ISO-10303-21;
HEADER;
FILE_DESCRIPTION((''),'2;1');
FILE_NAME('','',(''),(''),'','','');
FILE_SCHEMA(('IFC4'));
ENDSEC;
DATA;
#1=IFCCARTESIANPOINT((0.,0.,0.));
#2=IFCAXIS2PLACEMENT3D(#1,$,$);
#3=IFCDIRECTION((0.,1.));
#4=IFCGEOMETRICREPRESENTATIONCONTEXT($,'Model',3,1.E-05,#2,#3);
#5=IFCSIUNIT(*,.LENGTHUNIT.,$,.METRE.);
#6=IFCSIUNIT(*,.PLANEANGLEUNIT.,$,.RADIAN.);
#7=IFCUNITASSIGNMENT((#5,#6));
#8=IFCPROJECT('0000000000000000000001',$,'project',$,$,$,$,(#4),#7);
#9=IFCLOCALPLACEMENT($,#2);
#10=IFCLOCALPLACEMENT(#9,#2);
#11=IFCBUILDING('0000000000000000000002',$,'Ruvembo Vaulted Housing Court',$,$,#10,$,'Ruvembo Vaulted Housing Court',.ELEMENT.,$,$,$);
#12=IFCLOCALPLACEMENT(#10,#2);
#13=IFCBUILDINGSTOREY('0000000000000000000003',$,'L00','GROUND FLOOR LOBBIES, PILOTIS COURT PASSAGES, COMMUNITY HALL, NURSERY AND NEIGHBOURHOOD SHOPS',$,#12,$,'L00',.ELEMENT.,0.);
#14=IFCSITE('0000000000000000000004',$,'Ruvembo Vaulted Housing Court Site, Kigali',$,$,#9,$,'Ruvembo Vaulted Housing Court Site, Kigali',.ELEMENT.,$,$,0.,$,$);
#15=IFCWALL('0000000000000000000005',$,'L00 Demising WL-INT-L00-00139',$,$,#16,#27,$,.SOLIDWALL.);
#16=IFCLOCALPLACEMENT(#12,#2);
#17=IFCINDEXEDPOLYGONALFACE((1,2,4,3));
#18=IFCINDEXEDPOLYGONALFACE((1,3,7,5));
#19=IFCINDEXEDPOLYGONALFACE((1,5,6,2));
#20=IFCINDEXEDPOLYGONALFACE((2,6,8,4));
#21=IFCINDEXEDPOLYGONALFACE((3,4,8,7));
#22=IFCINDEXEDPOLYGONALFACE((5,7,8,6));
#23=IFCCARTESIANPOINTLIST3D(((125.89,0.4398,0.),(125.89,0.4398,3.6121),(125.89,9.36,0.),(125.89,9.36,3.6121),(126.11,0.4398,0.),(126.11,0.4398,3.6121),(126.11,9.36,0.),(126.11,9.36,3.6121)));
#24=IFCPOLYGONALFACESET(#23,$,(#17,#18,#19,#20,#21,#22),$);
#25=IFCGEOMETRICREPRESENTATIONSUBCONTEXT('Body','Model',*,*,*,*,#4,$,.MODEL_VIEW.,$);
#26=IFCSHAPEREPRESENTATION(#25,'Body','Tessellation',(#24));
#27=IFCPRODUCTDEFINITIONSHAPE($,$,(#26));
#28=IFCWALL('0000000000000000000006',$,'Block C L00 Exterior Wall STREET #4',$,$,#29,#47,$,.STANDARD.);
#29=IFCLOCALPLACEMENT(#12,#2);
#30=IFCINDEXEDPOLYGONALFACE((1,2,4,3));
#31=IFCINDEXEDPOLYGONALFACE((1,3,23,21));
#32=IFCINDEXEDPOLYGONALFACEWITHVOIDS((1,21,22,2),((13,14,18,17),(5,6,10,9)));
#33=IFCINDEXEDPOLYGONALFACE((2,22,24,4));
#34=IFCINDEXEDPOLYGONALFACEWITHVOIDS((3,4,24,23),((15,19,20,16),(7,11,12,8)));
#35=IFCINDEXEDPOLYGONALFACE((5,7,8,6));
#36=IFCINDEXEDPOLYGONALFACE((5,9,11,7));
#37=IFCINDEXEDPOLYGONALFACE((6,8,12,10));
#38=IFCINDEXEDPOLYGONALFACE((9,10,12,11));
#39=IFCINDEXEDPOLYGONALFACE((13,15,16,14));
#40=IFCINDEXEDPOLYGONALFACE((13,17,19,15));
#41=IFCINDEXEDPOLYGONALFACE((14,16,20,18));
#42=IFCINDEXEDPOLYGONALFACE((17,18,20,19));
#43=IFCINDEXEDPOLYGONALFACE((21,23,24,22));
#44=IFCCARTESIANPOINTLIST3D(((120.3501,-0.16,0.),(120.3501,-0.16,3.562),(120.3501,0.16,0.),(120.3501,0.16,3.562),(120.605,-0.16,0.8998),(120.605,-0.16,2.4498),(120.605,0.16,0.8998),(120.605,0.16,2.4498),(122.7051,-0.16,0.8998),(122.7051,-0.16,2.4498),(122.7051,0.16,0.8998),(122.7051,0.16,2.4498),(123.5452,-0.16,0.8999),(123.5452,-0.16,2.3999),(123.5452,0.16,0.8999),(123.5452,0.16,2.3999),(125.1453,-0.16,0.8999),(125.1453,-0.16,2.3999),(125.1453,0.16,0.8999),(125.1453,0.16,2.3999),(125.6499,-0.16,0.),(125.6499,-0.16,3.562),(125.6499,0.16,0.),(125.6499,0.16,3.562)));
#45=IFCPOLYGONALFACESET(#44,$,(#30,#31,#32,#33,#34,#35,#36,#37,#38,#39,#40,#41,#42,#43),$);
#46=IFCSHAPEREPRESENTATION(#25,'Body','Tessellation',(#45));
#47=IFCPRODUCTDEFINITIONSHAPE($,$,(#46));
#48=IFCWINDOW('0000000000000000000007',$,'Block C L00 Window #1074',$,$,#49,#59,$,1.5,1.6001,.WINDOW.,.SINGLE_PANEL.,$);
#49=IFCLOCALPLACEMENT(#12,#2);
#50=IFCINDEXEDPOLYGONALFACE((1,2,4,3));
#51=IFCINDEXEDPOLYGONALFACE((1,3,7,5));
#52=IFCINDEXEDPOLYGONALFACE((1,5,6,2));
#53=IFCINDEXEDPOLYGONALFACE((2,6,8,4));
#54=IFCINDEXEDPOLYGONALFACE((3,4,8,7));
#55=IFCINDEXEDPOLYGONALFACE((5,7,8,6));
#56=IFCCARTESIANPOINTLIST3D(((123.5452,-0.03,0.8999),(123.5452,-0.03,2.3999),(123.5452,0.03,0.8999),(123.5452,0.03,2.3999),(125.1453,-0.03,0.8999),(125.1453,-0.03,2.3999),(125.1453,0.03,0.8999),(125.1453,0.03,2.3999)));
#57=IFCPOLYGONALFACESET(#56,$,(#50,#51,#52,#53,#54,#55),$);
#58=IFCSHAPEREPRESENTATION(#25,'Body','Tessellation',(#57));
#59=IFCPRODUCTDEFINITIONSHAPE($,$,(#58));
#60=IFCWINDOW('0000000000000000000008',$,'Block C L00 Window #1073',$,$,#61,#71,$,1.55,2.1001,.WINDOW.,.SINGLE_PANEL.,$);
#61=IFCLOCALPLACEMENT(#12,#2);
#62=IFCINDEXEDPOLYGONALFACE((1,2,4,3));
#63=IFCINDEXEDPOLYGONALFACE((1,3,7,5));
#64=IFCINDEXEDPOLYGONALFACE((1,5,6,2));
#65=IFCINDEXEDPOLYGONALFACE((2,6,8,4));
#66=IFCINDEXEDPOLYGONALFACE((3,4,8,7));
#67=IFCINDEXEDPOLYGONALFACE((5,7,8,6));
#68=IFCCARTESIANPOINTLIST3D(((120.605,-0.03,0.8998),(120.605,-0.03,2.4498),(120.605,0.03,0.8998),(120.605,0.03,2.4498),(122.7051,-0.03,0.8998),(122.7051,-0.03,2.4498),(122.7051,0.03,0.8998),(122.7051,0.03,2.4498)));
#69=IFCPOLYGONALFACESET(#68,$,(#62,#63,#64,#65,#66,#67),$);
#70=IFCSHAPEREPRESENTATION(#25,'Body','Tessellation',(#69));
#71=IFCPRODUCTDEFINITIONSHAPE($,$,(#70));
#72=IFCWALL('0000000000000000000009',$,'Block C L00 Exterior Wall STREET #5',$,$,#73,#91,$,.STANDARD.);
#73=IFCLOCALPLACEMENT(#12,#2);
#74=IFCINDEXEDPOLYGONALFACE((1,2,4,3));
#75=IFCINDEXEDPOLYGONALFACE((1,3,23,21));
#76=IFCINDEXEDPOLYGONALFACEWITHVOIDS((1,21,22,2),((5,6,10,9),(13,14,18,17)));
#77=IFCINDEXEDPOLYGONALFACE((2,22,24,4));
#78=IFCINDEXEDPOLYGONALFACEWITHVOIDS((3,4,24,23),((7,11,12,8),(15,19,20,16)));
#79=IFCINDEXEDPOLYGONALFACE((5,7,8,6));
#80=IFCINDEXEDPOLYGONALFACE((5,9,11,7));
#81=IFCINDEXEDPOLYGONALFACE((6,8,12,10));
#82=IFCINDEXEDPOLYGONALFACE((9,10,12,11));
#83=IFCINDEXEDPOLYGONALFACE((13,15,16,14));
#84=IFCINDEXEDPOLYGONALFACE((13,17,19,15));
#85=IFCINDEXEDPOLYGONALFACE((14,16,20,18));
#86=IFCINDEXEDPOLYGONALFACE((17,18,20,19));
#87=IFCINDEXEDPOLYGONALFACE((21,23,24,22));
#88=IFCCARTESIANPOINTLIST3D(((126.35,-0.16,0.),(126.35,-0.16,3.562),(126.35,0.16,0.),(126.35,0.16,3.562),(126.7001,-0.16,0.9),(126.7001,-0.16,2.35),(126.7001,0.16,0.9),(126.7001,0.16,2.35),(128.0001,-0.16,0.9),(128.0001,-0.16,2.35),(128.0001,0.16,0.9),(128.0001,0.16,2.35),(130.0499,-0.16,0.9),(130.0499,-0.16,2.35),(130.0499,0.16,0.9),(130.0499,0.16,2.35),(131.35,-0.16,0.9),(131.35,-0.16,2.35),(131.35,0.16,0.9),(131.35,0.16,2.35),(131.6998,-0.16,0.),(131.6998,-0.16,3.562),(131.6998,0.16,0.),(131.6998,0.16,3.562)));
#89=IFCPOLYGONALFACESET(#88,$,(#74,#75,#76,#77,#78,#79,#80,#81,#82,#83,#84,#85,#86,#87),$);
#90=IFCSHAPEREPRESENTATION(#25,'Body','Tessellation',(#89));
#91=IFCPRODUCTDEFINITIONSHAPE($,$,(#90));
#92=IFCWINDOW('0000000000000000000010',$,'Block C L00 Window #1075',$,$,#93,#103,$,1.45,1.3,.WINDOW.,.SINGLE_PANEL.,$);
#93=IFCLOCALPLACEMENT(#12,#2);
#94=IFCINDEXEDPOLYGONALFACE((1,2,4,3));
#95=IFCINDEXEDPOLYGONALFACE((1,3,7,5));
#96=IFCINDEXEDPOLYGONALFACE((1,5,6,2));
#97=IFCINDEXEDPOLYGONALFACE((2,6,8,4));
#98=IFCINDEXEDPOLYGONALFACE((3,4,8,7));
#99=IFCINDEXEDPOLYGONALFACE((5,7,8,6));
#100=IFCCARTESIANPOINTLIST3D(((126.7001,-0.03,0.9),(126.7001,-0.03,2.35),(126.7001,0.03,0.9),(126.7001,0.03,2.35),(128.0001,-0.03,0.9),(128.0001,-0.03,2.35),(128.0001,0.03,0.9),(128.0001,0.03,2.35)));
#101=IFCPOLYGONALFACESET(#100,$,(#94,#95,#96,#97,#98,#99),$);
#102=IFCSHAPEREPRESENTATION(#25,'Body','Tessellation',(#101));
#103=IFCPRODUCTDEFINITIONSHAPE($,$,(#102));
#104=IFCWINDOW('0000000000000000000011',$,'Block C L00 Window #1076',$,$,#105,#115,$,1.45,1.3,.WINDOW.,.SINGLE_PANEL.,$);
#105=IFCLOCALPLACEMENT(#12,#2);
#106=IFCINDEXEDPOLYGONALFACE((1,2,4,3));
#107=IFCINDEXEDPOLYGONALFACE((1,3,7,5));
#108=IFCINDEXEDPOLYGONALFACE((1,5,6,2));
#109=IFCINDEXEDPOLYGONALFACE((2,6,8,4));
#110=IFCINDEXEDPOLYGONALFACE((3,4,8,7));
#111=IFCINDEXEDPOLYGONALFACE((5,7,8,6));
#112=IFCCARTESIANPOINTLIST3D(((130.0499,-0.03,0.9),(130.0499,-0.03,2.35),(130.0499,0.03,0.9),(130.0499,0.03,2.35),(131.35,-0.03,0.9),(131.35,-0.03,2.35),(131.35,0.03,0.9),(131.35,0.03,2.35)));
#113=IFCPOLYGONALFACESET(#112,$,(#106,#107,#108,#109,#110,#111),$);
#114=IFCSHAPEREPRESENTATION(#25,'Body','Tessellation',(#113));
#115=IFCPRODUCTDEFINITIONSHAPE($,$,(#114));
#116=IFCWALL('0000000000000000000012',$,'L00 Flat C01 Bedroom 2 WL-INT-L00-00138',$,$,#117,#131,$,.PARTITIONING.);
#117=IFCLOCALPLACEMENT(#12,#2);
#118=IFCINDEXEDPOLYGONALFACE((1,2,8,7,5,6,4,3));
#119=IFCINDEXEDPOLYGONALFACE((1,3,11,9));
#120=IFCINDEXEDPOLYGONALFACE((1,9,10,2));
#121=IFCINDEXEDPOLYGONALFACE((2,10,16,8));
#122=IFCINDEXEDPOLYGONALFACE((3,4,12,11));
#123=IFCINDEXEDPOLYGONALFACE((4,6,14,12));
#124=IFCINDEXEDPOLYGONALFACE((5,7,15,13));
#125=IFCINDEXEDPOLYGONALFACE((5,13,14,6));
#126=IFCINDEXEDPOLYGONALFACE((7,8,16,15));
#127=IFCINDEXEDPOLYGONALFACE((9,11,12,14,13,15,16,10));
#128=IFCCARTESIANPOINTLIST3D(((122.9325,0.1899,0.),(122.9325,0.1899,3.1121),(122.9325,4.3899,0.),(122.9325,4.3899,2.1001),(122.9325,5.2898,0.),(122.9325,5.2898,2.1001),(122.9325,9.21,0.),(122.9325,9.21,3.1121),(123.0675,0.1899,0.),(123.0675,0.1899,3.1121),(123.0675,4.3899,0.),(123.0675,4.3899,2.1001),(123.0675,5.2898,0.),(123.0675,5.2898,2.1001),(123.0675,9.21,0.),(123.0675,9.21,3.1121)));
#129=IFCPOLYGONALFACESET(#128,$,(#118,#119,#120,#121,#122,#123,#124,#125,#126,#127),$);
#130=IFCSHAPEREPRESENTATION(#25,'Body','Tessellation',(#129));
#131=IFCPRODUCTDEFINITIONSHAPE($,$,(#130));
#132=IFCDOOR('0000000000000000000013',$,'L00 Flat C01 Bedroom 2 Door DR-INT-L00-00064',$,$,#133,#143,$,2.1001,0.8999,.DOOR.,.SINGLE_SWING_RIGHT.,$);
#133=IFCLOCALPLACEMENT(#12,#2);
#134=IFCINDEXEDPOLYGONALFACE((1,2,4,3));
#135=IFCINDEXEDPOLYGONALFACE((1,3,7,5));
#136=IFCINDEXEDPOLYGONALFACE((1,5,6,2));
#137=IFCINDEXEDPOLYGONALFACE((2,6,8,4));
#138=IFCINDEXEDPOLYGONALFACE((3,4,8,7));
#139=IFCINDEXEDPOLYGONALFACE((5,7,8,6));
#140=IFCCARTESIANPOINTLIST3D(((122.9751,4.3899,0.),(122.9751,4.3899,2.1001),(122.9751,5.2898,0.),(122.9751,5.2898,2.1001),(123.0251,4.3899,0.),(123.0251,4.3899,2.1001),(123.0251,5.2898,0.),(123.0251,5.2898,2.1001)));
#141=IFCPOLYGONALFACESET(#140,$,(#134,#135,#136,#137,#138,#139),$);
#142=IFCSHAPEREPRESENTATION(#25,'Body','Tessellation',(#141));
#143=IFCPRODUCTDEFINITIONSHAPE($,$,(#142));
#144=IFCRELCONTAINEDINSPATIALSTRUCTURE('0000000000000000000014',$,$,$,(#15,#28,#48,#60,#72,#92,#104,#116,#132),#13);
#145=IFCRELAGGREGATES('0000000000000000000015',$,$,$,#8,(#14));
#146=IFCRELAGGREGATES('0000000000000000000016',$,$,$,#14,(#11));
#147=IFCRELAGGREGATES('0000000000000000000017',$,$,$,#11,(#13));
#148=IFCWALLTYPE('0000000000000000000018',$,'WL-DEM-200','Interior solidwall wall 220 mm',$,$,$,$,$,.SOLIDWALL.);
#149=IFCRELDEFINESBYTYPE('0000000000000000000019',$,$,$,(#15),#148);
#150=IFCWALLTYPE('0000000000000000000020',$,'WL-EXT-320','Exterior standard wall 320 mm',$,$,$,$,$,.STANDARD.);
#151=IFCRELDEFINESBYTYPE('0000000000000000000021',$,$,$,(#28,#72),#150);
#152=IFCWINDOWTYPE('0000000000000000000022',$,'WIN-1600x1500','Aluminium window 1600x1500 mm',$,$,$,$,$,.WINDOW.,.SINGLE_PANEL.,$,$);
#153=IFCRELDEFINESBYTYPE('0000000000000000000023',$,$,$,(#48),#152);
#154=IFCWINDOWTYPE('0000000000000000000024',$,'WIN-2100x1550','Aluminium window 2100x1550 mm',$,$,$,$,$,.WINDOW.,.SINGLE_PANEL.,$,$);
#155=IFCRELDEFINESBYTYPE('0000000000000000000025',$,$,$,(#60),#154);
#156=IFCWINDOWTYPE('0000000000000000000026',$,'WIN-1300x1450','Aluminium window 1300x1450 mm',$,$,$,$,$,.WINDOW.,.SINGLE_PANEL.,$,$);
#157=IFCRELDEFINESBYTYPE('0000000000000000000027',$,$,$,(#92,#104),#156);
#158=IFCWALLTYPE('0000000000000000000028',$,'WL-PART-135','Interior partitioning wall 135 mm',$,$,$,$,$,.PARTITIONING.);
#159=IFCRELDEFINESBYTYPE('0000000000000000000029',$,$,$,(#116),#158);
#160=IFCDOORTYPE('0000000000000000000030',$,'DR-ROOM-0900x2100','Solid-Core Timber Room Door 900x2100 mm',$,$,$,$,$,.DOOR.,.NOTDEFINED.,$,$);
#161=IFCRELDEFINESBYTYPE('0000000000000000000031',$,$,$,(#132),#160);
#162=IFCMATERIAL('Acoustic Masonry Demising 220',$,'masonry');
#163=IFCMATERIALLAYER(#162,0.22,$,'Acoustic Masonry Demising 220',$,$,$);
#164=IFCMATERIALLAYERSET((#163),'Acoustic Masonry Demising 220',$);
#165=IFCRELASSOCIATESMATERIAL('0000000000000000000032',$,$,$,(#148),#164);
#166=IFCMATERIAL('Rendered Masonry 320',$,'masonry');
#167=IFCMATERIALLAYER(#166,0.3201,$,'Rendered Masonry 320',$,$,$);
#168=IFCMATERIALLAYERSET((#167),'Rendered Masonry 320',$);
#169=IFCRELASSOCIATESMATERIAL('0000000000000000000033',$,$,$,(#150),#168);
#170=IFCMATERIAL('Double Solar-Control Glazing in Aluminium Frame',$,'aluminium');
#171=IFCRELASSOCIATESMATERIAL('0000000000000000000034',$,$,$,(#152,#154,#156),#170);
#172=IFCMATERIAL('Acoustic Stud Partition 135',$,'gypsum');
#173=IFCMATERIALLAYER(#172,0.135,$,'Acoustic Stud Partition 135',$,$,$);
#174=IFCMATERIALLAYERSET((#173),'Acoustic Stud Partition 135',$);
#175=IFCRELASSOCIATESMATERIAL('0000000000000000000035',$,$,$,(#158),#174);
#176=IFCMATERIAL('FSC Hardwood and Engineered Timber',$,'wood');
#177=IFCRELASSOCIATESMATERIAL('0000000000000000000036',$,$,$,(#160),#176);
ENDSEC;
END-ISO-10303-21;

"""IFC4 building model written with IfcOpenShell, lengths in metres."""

from ifc_helpers import new_model, si_unit, direction, frame, frame_2d, origin, place, context, subcontext, project, spatial, rectangle, extrude, material, layer, layer_set, type_object, element, fill, save


model = new_model("IFC4")

# Units and contexts
model_context = context("Model", 3, precision=1e-05, world=origin(), true_north=direction((0.0, 1.0)))
body_context = subcontext(model_context, "Body", "Model", "MODEL_VIEW")
ifc_project = project(units=[si_unit("LENGTHUNIT", "METRE"), si_unit("PLANEANGLEUNIT", "RADIAN")], contexts=[model_context])

# Site, building, storey
site_placement = place(None, origin())
site = spatial("IfcSite", under=ifc_project, at=site_placement, Name="Ruvembo Vaulted Housing Court Site, Kigali", LongName="Ruvembo Vaulted Housing Court Site, Kigali", CompositionType="ELEMENT", RefElevation=0.0)
building_placement = place(site_placement, origin())
building = spatial("IfcBuilding", under=site, at=building_placement, Name="Ruvembo Vaulted Housing Court", LongName="Ruvembo Vaulted Housing Court", CompositionType="ELEMENT")
storey_placement = place(building_placement, origin())
storey = spatial("IfcBuildingStorey", under=building, at=storey_placement, Name="L00", Description="GROUND FLOOR LOBBIES, PILOTIS COURT PASSAGES, COMMUNITY HALL, NURSERY AND NEIGHBOURHOOD SHOPS", LongName="L00", CompositionType="ELEMENT", Elevation=0.0)

# Shared definitions
ifc_material_1 = material(Name="FSC Hardwood and Engineered Timber", Category="wood")

# Wall
ifc_material_2 = material(Name="Acoustic Masonry Demising 220", Category="masonry")
ifc_layer_1 = layer(ifc_material_2, 0.22, Name="Acoustic Masonry Demising 220")
ifc_layer_set_1 = layer_set([ifc_layer_1], Name="Acoustic Masonry Demising 220")
wall_type_1 = type_object("IfcWallType", Name="WL-DEM-200", Description="Interior solidwall wall 220 mm", PredefinedType="SOLIDWALL", material=ifc_layer_set_1)
wall_1_placement = place(storey_placement, frame((126.0, 0.4399, 0.0), z_axis=(0.0, 0.0, 1.0), x_axis=(0.0, 1.0, 0.0)))
element("IfcWall", 1, at=wall_1_placement, inside=storey, type_object=wall_type_1, Name="L00 Demising WL-INT-L00-00139", PredefinedType="SOLIDWALL", context=body_context, shape_type="SweptSolid", body=[
    extrude(rectangle(XDim=8.9202, YDim=0.22, at=frame_2d((4.46, 0.0))), origin(), (0.0, 0.0, 1.0), 3.6121),
])

# Walls, openings, windows
ifc_material_3 = material(Name="Rendered Masonry 320", Category="masonry")
ifc_layer_2 = layer(ifc_material_3, 0.3201, Name="Rendered Masonry 320")
ifc_layer_set_2 = layer_set([ifc_layer_2], Name="Rendered Masonry 320")
wall_type_2 = type_object("IfcWallType", Name="WL-EXT-320", Description="Exterior standard wall 320 mm", PredefinedType="STANDARD", material=ifc_layer_set_2)
wall_2_placement = place(storey_placement, frame((120.3501, 0.0, 0.0), z_axis=(0.0, 0.0, 1.0), x_axis=(1.0, 0.0, 0.0)))
wall_2 = element("IfcWall", 2, at=wall_2_placement, inside=storey, type_object=wall_type_2, Name="Block C L00 Exterior Wall STREET #4", PredefinedType="STANDARD", context=body_context, shape_type="SweptSolid", body=[
    extrude(rectangle(XDim=5.2998, YDim=0.3201, at=frame_2d((2.6499, 0.0))), origin(), (0.0, 0.0, 1.0), 3.562),
])
opening_1_placement = place(wall_2_placement, frame((0.2549, 0.0, 0.8999)))
opening_1 = element("IfcOpeningElement", 3, at=opening_1_placement, cuts=wall_2, PredefinedType="OPENING", context=body_context, shape_type="SweptSolid", body=[
    extrude(rectangle(XDim=2.1001, YDim=1.55, at=frame_2d((1.05, 0.7749))), frame((0.0, 0.1699, 0.0), z_axis=(0.0, -1.0, 0.0), x_axis=(1.0, 0.0, 0.0)), (0.0, 0.0, 1.0), 0.3401),
])
opening_2_placement = place(wall_2_placement, frame((3.1951, 0.0, 0.8999)))
opening_2 = element("IfcOpeningElement", 4, at=opening_2_placement, cuts=wall_2, PredefinedType="OPENING", context=body_context, shape_type="SweptSolid", body=[
    extrude(rectangle(XDim=1.6001, YDim=1.5, at=frame_2d((0.8, 0.75))), frame((0.0, 0.1699, 0.0), z_axis=(0.0, -1.0, 0.0), x_axis=(1.0, 0.0, 0.0)), (0.0, 0.0, 1.0), 0.3401),
])
ifc_material_4 = material(Name="Double Solar-Control Glazing in Aluminium Frame", Category="aluminium")
window_type_1 = type_object("IfcWindowType", Name="WIN-1600x1500", Description="Aluminium window 1600x1500 mm", PartitioningType="SINGLE_PANEL", PredefinedType="WINDOW", material=ifc_material_4)
window_1_placement = place(opening_2_placement, origin())
window_1 = element("IfcWindow", 5, at=window_1_placement, inside=storey, type_object=window_type_1, Name="Block C L00 Window #1074", OverallHeight=1.5, OverallWidth=1.6001, PartitioningType="SINGLE_PANEL", PredefinedType="WINDOW", context=body_context, shape_type="SweptSolid", body=[
    extrude(rectangle(XDim=1.6001, YDim=1.5, at=frame_2d((0.8, 0.75))), frame((0.0, 0.03, 0.0), z_axis=(0.0, -1.0, 0.0), x_axis=(1.0, 0.0, 0.0)), (0.0, 0.0, 1.0), 0.0601),
])
fill(opening_2, window_1)
window_type_2 = type_object("IfcWindowType", Name="WIN-2100x1550", Description="Aluminium window 2100x1550 mm", PartitioningType="SINGLE_PANEL", PredefinedType="WINDOW", material=ifc_material_4)
window_2_placement = place(opening_1_placement, origin())
window_2 = element("IfcWindow", 6, at=window_2_placement, inside=storey, type_object=window_type_2, Name="Block C L00 Window #1073", OverallHeight=1.55, OverallWidth=2.1001, PartitioningType="SINGLE_PANEL", PredefinedType="WINDOW", context=body_context, shape_type="SweptSolid", body=[
    extrude(rectangle(XDim=2.1001, YDim=1.55, at=frame_2d((1.05, 0.7749))), frame((0.0, 0.03, 0.0), z_axis=(0.0, -1.0, 0.0), x_axis=(1.0, 0.0, 0.0)), (0.0, 0.0, 1.0), 0.0601),
])
fill(opening_1, window_2)
wall_3_placement = place(storey_placement, frame((126.3501, 0.0, 0.0), z_axis=(0.0, 0.0, 1.0), x_axis=(1.0, 0.0, 0.0)))
wall_3 = element("IfcWall", 7, at=wall_3_placement, inside=storey, type_object=wall_type_2, Name="Block C L00 Exterior Wall STREET #5", PredefinedType="STANDARD", context=body_context, shape_type="SweptSolid", body=[
    extrude(rectangle(XDim=5.3499, YDim=0.3201, at=frame_2d((2.6748, 0.0))), origin(), (0.0, 0.0, 1.0), 3.562),
])
opening_3_placement = place(wall_3_placement, frame((0.3501, 0.0, 0.8999)))
opening_3 = element("IfcOpeningElement", 8, at=opening_3_placement, cuts=wall_3, PredefinedType="OPENING", context=body_context, shape_type="SweptSolid", body=[
    extrude(rectangle(XDim=1.3, YDim=1.45, at=frame_2d((0.6499, 0.7251))), frame((0.0, 0.1699, 0.0), z_axis=(0.0, -1.0, 0.0), x_axis=(1.0, 0.0, 0.0)), (0.0, 0.0, 1.0), 0.3401),
])
opening_4_placement = place(wall_3_placement, frame((3.7, 0.0, 0.8999)))
opening_4 = element("IfcOpeningElement", 9, at=opening_4_placement, cuts=wall_3, PredefinedType="OPENING", context=body_context, shape_type="SweptSolid", body=[
    extrude(rectangle(XDim=1.3, YDim=1.45, at=frame_2d((0.6499, 0.7251))), frame((0.0, 0.1699, 0.0), z_axis=(0.0, -1.0, 0.0), x_axis=(1.0, 0.0, 0.0)), (0.0, 0.0, 1.0), 0.3401),
])
window_type_3 = type_object("IfcWindowType", Name="WIN-1300x1450", Description="Aluminium window 1300x1450 mm", PartitioningType="SINGLE_PANEL", PredefinedType="WINDOW", material=ifc_material_4)
window_3_placement = place(opening_3_placement, origin())
window_3 = element("IfcWindow", 10, at=window_3_placement, inside=storey, type_object=window_type_3, Name="Block C L00 Window #1075", OverallHeight=1.45, OverallWidth=1.3, PartitioningType="SINGLE_PANEL", PredefinedType="WINDOW", context=body_context, shape_type="SweptSolid", body=[
    extrude(rectangle(XDim=1.3, YDim=1.45, at=frame_2d((0.6499, 0.7251))), frame((0.0, 0.03, 0.0), z_axis=(0.0, -1.0, 0.0), x_axis=(1.0, 0.0, 0.0)), (0.0, 0.0, 1.0), 0.0601),
])
fill(opening_3, window_3)
window_4_placement = place(opening_4_placement, origin())
window_4 = element("IfcWindow", 11, at=window_4_placement, inside=storey, type_object=window_type_3, Name="Block C L00 Window #1076", OverallHeight=1.45, OverallWidth=1.3, PartitioningType="SINGLE_PANEL", PredefinedType="WINDOW", context=body_context, shape_type="SweptSolid", body=[
    extrude(rectangle(XDim=1.3, YDim=1.45, at=frame_2d((0.6499, 0.7251))), frame((0.0, 0.03, 0.0), z_axis=(0.0, -1.0, 0.0), x_axis=(1.0, 0.0, 0.0)), (0.0, 0.0, 1.0), 0.0601),
])
fill(opening_4, window_4)

# Wall, opening, door
ifc_material_5 = material(Name="Acoustic Stud Partition 135", Category="gypsum")
ifc_layer_3 = layer(ifc_material_5, 0.135, Name="Acoustic Stud Partition 135")
ifc_layer_set_3 = layer_set([ifc_layer_3], Name="Acoustic Stud Partition 135")
wall_type_3 = type_object("IfcWallType", Name="WL-PART-135", Description="Interior partitioning wall 135 mm", PredefinedType="PARTITIONING", material=ifc_layer_set_3)
wall_4_placement = place(storey_placement, frame((123.0, 0.1899, 0.0), z_axis=(0.0, 0.0, 1.0), x_axis=(0.0, 1.0, 0.0)))
wall_4 = element("IfcWall", 12, at=wall_4_placement, inside=storey, type_object=wall_type_3, Name="L00 Flat C01 Bedroom 2 WL-INT-L00-00138", PredefinedType="PARTITIONING", context=body_context, shape_type="SweptSolid", body=[
    extrude(rectangle(XDim=9.02, YDim=0.135, at=frame_2d((4.51, 0.0))), origin(), (0.0, 0.0, 1.0), 3.1121),
])
opening_5_placement = place(wall_4_placement, frame((4.2, 0.0, 0.0)))
opening_5 = element("IfcOpeningElement", 13, at=opening_5_placement, cuts=wall_4, PredefinedType="OPENING", context=body_context, shape_type="SweptSolid", body=[
    extrude(rectangle(XDim=0.8999, YDim=2.1001, at=frame_2d((0.45, 1.05))), frame((0.0, 0.0774, 0.0), z_axis=(0.0, -1.0, 0.0), x_axis=(1.0, 0.0, 0.0)), (0.0, 0.0, 1.0), 0.155),
])
door_type_1 = type_object("IfcDoorType", Name="DR-ROOM-0900x2100", Description="Solid-Core Timber Room Door 900x2100 mm", OperationType="NOTDEFINED", PredefinedType="DOOR", material=ifc_material_1)
door_1_placement = place(opening_5_placement, origin())
door_1 = element("IfcDoor", 14, at=door_1_placement, inside=storey, type_object=door_type_1, Name="L00 Flat C01 Bedroom 2 Door DR-INT-L00-00064", OperationType="SINGLE_SWING_RIGHT", OverallHeight=2.1001, OverallWidth=0.8999, PredefinedType="DOOR", context=body_context, shape_type="SweptSolid", body=[
    extrude(rectangle(XDim=0.8999, YDim=2.1001, at=frame_2d((0.45, 1.05))), frame((0.0, 0.0249, 0.0), z_axis=(0.0, -1.0, 0.0), x_axis=(1.0, 0.0, 0.0)), (0.0, 0.0, 1.0), 0.05),
])
fill(opening_5, door_1)

save(model, "model.ifc")
